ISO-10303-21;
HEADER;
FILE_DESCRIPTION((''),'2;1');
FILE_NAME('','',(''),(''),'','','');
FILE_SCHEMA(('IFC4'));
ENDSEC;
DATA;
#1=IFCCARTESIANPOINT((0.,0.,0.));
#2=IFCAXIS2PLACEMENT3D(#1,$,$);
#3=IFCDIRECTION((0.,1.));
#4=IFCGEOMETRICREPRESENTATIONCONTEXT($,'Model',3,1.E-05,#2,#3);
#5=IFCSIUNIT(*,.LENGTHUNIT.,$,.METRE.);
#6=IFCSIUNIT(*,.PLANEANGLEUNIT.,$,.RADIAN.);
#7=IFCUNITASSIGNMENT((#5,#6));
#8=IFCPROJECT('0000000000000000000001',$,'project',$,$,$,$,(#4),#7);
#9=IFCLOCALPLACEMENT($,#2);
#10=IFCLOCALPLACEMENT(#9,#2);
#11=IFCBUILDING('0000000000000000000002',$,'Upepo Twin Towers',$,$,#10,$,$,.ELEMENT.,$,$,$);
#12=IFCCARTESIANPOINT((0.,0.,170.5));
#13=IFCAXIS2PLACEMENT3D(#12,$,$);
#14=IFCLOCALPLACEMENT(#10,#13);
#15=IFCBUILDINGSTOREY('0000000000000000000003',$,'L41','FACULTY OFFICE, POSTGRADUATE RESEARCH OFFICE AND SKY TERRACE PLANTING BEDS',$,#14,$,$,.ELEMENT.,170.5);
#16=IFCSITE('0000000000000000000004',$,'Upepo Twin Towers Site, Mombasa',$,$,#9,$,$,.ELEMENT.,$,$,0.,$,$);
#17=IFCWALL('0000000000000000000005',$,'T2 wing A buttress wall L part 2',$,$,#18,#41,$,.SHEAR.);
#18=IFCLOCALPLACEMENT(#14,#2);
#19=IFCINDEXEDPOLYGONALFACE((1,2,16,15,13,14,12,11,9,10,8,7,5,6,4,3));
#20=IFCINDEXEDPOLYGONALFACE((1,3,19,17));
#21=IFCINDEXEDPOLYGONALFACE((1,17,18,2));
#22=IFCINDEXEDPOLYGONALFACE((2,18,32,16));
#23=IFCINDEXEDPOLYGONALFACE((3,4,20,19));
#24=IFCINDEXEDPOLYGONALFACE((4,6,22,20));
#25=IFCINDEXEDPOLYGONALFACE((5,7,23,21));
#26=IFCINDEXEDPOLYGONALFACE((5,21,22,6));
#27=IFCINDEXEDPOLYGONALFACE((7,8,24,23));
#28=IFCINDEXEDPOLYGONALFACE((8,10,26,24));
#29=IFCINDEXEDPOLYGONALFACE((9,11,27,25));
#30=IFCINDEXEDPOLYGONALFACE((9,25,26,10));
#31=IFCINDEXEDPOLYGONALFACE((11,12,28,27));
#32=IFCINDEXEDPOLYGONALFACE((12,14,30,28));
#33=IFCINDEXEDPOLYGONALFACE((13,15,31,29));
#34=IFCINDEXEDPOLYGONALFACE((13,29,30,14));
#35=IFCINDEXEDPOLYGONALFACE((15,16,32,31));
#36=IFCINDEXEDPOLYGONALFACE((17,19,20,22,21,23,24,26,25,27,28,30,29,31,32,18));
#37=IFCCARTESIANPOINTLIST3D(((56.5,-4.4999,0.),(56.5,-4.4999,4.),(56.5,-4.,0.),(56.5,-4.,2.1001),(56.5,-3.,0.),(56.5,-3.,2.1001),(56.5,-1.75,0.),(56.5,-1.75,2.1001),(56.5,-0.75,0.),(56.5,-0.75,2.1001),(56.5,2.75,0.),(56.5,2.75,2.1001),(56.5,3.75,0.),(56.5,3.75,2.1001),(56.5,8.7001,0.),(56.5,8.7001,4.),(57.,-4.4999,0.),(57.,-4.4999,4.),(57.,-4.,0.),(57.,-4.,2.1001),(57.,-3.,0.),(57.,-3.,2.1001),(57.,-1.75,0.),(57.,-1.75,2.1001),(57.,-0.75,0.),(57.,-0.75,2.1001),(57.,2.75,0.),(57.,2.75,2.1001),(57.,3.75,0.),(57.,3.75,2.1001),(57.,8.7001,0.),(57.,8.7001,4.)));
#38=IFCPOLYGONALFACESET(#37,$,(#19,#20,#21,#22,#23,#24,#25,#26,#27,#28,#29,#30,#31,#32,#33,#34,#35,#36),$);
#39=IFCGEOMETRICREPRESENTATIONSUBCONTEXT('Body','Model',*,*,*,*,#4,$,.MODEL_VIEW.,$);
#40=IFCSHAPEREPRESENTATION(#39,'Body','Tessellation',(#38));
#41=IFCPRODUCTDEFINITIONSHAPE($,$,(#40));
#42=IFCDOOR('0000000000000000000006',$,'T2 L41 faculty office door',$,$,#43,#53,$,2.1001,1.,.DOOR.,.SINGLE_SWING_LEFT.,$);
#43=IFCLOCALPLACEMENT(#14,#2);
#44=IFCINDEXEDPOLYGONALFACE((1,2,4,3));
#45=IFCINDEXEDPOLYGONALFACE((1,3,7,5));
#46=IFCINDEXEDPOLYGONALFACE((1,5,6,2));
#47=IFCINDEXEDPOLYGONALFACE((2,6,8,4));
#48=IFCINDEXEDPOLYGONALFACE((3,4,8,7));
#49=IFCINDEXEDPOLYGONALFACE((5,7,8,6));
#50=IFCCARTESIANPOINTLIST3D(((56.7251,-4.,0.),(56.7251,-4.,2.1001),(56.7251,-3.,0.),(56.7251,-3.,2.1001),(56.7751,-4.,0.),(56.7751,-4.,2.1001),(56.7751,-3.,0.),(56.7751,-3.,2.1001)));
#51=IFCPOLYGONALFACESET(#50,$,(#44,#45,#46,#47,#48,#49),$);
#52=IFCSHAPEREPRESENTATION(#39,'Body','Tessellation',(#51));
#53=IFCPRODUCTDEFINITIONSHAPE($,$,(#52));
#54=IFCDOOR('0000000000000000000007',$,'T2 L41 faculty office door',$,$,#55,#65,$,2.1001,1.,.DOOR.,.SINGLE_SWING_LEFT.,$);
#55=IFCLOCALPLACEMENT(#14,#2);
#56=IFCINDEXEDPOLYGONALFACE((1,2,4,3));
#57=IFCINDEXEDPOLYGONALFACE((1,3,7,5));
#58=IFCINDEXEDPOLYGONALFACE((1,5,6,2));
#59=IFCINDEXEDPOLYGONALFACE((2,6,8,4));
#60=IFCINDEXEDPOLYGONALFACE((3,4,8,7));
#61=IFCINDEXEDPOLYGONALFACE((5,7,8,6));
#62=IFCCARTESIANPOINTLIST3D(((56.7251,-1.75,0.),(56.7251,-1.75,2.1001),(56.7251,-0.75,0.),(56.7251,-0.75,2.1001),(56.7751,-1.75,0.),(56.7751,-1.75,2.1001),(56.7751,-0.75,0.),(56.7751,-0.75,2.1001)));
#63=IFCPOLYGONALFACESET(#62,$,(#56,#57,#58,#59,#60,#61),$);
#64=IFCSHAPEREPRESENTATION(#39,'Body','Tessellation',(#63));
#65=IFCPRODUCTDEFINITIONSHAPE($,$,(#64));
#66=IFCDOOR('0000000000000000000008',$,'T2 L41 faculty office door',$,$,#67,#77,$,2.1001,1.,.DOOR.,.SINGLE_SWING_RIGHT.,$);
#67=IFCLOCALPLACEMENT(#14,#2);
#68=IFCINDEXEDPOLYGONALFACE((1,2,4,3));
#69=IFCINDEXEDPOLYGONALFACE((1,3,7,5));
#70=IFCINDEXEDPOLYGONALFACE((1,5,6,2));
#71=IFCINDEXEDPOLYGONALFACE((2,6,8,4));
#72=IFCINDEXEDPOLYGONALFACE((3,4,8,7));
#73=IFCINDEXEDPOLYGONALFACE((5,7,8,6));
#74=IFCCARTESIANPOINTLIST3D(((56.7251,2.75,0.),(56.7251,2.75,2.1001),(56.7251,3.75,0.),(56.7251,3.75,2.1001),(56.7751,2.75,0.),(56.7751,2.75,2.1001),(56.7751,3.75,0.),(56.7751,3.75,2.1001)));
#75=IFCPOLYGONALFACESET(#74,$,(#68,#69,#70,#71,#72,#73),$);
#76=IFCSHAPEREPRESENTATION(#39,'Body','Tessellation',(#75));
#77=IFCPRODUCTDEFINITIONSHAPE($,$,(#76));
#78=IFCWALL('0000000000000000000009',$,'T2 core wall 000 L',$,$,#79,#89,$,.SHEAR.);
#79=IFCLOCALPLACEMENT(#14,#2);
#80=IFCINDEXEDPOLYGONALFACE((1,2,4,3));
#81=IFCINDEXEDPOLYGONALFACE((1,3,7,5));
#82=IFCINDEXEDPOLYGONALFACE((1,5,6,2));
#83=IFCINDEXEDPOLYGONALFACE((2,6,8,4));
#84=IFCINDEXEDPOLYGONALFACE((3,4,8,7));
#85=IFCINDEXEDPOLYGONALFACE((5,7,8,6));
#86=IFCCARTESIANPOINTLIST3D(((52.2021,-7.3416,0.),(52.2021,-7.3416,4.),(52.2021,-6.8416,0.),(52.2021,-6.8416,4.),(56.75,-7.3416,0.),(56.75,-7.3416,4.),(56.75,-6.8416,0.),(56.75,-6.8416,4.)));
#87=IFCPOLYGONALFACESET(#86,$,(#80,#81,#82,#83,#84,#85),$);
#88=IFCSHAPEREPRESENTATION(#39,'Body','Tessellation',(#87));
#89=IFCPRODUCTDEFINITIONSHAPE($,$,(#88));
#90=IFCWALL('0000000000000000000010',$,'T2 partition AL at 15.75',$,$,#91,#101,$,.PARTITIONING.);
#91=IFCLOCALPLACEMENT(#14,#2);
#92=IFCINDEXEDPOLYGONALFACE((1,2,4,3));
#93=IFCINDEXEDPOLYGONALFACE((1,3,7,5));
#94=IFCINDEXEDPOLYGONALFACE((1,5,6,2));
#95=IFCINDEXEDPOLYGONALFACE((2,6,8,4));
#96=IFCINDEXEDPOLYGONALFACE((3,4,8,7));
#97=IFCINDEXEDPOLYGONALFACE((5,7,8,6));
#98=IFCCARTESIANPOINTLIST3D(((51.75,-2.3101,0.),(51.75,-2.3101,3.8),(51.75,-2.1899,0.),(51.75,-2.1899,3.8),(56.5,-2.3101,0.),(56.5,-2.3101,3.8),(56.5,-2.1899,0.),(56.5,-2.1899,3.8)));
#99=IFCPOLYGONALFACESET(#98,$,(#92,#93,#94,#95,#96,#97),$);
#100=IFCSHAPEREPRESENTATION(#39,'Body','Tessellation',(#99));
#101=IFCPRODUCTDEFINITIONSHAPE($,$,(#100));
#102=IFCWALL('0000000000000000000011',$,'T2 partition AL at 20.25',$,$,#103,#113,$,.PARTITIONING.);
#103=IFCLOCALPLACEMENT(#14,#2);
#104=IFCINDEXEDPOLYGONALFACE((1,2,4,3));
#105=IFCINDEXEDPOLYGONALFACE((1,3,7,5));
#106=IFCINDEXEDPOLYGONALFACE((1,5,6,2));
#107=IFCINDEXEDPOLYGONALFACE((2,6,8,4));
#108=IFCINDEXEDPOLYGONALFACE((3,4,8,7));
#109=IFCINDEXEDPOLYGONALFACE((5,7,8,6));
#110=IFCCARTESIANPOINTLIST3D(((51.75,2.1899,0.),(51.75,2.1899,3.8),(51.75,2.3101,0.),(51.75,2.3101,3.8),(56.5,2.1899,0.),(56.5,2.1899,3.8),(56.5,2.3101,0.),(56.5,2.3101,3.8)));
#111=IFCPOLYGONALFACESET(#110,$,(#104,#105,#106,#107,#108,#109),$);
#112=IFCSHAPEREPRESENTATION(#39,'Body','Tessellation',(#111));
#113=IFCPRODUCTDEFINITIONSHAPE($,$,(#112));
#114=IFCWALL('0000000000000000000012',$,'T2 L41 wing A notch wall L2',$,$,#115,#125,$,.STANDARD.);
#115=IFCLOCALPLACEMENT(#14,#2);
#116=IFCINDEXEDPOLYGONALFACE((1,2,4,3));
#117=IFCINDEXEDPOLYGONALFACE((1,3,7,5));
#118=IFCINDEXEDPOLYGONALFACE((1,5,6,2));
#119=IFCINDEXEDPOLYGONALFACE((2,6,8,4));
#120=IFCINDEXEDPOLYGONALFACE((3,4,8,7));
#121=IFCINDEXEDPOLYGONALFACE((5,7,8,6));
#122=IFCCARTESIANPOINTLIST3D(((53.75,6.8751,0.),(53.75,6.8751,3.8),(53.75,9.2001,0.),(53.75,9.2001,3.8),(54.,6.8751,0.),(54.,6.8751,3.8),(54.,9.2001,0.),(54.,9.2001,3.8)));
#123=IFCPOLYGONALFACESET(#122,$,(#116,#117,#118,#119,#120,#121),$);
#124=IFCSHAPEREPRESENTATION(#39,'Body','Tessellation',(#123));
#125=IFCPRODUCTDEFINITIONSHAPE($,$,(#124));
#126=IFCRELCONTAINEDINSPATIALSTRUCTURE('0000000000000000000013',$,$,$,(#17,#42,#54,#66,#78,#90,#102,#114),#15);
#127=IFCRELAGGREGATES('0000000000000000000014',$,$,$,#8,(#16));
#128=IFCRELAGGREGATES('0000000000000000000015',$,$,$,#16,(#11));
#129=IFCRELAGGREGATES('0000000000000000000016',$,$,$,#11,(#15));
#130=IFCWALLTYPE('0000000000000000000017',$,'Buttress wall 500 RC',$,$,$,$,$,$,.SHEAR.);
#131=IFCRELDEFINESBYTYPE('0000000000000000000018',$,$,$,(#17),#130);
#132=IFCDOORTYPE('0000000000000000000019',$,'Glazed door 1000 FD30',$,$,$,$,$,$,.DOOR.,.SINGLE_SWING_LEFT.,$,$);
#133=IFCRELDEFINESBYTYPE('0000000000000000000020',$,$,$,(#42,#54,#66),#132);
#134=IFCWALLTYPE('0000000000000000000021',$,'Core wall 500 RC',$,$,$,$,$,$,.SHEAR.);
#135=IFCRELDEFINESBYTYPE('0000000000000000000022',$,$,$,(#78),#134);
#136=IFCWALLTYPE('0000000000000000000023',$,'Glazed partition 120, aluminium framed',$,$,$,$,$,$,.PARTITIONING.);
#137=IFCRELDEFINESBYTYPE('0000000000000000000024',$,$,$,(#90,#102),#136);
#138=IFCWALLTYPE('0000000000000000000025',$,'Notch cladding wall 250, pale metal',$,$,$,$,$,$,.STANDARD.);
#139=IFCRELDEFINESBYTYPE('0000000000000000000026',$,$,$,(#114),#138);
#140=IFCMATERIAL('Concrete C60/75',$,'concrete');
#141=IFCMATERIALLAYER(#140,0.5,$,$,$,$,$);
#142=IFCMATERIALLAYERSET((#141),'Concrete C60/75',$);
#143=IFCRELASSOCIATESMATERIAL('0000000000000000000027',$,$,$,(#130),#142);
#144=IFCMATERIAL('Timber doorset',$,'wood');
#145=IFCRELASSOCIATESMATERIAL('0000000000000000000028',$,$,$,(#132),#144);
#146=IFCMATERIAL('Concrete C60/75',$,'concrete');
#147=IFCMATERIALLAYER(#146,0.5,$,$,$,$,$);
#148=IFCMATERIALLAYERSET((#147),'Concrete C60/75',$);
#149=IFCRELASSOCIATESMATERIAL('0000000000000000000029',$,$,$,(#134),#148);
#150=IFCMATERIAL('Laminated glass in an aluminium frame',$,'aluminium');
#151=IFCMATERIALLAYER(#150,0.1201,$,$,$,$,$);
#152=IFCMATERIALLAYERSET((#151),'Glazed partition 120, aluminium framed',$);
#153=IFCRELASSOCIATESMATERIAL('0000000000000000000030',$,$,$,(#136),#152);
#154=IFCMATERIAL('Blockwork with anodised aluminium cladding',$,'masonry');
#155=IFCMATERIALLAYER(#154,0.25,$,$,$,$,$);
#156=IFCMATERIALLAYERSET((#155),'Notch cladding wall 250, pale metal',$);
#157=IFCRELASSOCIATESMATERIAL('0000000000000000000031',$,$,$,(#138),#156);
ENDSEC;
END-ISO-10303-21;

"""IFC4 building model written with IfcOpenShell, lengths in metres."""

from ifc_helpers import new_model, si_unit, direction, frame, frame_2d, origin, place, context, subcontext, project, spatial, rectangle, extrude, material, layer, layer_set, type_object, element, fill, save


model = new_model("IFC4")

# Units and contexts
model_context = context("Model", 3, precision=1e-05, world=origin(), true_north=direction((0.0, 1.0)))
body_context = subcontext(model_context, "Body", "Model", "MODEL_VIEW")
ifc_project = project(units=[si_unit("LENGTHUNIT", "METRE"), si_unit("PLANEANGLEUNIT", "RADIAN")], contexts=[model_context])

# Site, building, storey
site_placement = place(None, origin())
site = spatial("IfcSite", under=ifc_project, at=site_placement, Name="Upepo Twin Towers Site, Mombasa", CompositionType="ELEMENT", RefElevation=0.0)
building_placement = place(site_placement, origin())
building = spatial("IfcBuilding", under=site, at=building_placement, Name="Upepo Twin Towers", CompositionType="ELEMENT")
storey_placement = place(building_placement, frame((0.0, 0.0, 170.5)))
storey = spatial("IfcBuildingStorey", under=building, at=storey_placement, Name="L41", Description="FACULTY OFFICE, POSTGRADUATE RESEARCH OFFICE AND SKY TERRACE PLANTING BEDS", CompositionType="ELEMENT", Elevation=170.5)

# Wall, openings, doors
ifc_material_1 = material(Name="Concrete C60/75", Category="concrete")
ifc_layer_1 = layer(ifc_material_1, 0.5)
ifc_layer_set_1 = layer_set([ifc_layer_1], Name="Concrete C60/75")
wall_type_1 = type_object("IfcWallType", Name="Buttress wall 500 RC", PredefinedType="SHEAR", material=ifc_layer_set_1)
wall_1_placement = place(storey_placement, frame((56.75, -4.5, 0.0), z_axis=(0.0, 0.0, 1.0), x_axis=(0.0, 1.0, 0.0)))
wall_1 = element("IfcWall", 1, at=wall_1_placement, inside=storey, type_object=wall_type_1, Name="T2 wing A buttress wall L part 2", PredefinedType="SHEAR", context=body_context, shape_type="SweptSolid", body=[
    extrude(rectangle(XDim=13.2, YDim=0.5, at=frame_2d((6.6001, 0.0))), origin(), (0.0, 0.0, 1.0), 4.0),
])
opening_1_placement = place(wall_1_placement, frame((0.5, 0.0, 0.0)))
opening_1 = element("IfcOpeningElement", 2, at=opening_1_placement, cuts=wall_1, PredefinedType="OPENING", context=body_context, shape_type="SweptSolid", body=[
    extrude(rectangle(XDim=1.0, YDim=2.1001, at=frame_2d((0.5, 1.05))), frame((0.0, 0.26, 0.0), z_axis=(0.0, -1.0, 0.0), x_axis=(1.0, 0.0, 0.0)), (0.0, 0.0, 1.0), 0.52),
])
opening_2_placement = place(wall_1_placement, frame((2.75, 0.0, 0.0)))
opening_2 = element("IfcOpeningElement", 3, at=opening_2_placement, cuts=wall_1, PredefinedType="OPENING", context=body_context, shape_type="SweptSolid", body=[
    extrude(rectangle(XDim=1.0, YDim=2.1001, at=frame_2d((0.5, 1.05))), frame((0.0, 0.26, 0.0), z_axis=(0.0, -1.0, 0.0), x_axis=(1.0, 0.0, 0.0)), (0.0, 0.0, 1.0), 0.52),
])
opening_3_placement = place(wall_1_placement, frame((7.25, 0.0, 0.0)))
opening_3 = element("IfcOpeningElement", 4, at=opening_3_placement, cuts=wall_1, PredefinedType="OPENING", context=body_context, shape_type="SweptSolid", body=[
    extrude(rectangle(XDim=1.0, YDim=2.1001, at=frame_2d((0.5, 1.05))), frame((0.0, 0.26, 0.0), z_axis=(0.0, -1.0, 0.0), x_axis=(1.0, 0.0, 0.0)), (0.0, 0.0, 1.0), 0.52),
])
ifc_material_2 = material(Name="Timber doorset", Category="wood")
door_type_1 = type_object("IfcDoorType", Name="Glazed door 1000 FD30", OperationType="SINGLE_SWING_LEFT", PredefinedType="DOOR", material=ifc_material_2)
door_1_placement = place(opening_1_placement, origin())
door_1 = element("IfcDoor", 5, at=door_1_placement, inside=storey, type_object=door_type_1, Name="T2 L41 faculty office door", OperationType="SINGLE_SWING_LEFT", OverallHeight=2.1001, OverallWidth=1.0, PredefinedType="DOOR", context=body_context, shape_type="SweptSolid", body=[
    extrude(rectangle(XDim=1.0, YDim=2.1001, at=frame_2d((0.5, 1.05))), frame((0.0, 0.0249, 0.0), z_axis=(0.0, -1.0, 0.0), x_axis=(1.0, 0.0, 0.0)), (0.0, 0.0, 1.0), 0.05),
])
fill(opening_1, door_1)
door_2_placement = place(opening_2_placement, origin())
door_2 = element("IfcDoor", 6, at=door_2_placement, inside=storey, type_object=door_type_1, Name="T2 L41 faculty office door", OperationType="SINGLE_SWING_LEFT", OverallHeight=2.1001, OverallWidth=1.0, PredefinedType="DOOR", context=body_context, shape_type="SweptSolid", body=[
    extrude(rectangle(XDim=1.0, YDim=2.1001, at=frame_2d((0.5, 1.05))), frame((0.0, 0.0249, 0.0), z_axis=(0.0, -1.0, 0.0), x_axis=(1.0, 0.0, 0.0)), (0.0, 0.0, 1.0), 0.05),
])
fill(opening_2, door_2)
door_3_placement = place(opening_3_placement, origin())
door_3 = element("IfcDoor", 7, at=door_3_placement, inside=storey, type_object=door_type_1, Name="T2 L41 faculty office door", OperationType="SINGLE_SWING_RIGHT", OverallHeight=2.1001, OverallWidth=1.0, PredefinedType="DOOR", context=body_context, shape_type="SweptSolid", body=[
    extrude(rectangle(XDim=1.0, YDim=2.1001, at=frame_2d((0.5, 1.05))), frame((0.0, 0.0249, 0.0), z_axis=(0.0, -1.0, 0.0), x_axis=(1.0, 0.0, 0.0)), (0.0, 0.0, 1.0), 0.05),
])
fill(opening_3, door_3)

# Walls
ifc_material_3 = material(Name="Concrete C60/75", Category="concrete")
ifc_layer_2 = layer(ifc_material_3, 0.5)
ifc_layer_set_2 = layer_set([ifc_layer_2], Name="Concrete C60/75")
wall_type_2 = type_object("IfcWallType", Name="Core wall 500 RC", PredefinedType="SHEAR", material=ifc_layer_set_2)
wall_2_placement = place(storey_placement, frame((56.75, -7.0916, 0.0), z_axis=(0.0, 0.0, 1.0), x_axis=(-1.0, 0.0, 0.0)))
element("IfcWall", 8, at=wall_2_placement, inside=storey, type_object=wall_type_2, Name="T2 core wall 000 L", PredefinedType="SHEAR", context=body_context, shape_type="SweptSolid", body=[
    extrude(rectangle(XDim=4.5479, YDim=0.5, at=frame_2d((2.2739, 0.0))), origin(), (0.0, 0.0, 1.0), 4.0),
])
ifc_material_4 = material(Name="Laminated glass in an aluminium frame", Category="aluminium")
ifc_layer_3 = layer(ifc_material_4, 0.1201)
ifc_layer_set_3 = layer_set([ifc_layer_3], Name="Glazed partition 120, aluminium framed")
wall_type_3 = type_object("IfcWallType", Name="Glazed partition 120, aluminium framed", PredefinedType="PARTITIONING", material=ifc_layer_set_3)
for number, where, z_axis, x_axis, name in (
    (9, (56.5, -2.25, 0.0), (0.0, 0.0, 1.0), (-1.0, 0.0, 0.0), "T2 partition AL at 15.75"),
    (10, (56.5, 2.25, 0.0), (0.0, 0.0, 1.0), (-1.0, 0.0, 0.0), "T2 partition AL at 20.25"),
):
    element("IfcWall", number, at=place(storey_placement, frame(where, z_axis=z_axis, x_axis=x_axis)), inside=storey, type_object=wall_type_3, Name=name, PredefinedType="PARTITIONING", context=body_context, shape_type="SweptSolid", body=[
        extrude(rectangle(XDim=4.75, YDim=0.1201, at=frame_2d((2.375, 0.0))), origin(), (0.0, 0.0, 1.0), 3.8),
    ])
ifc_material_5 = material(Name="Blockwork with anodised aluminium cladding", Category="masonry")
ifc_layer_4 = layer(ifc_material_5, 0.25)
ifc_layer_set_4 = layer_set([ifc_layer_4], Name="Notch cladding wall 250, pale metal")
wall_type_4 = type_object("IfcWallType", Name="Notch cladding wall 250, pale metal", PredefinedType="STANDARD", material=ifc_layer_set_4)
wall_3_placement = place(storey_placement, frame((53.875, 6.875, 0.0), z_axis=(0.0, 0.0, 1.0), x_axis=(0.0, 1.0, 0.0)))
element("IfcWall", 11, at=wall_3_placement, inside=storey, type_object=wall_type_4, Name="T2 L41 wing A notch wall L2", PredefinedType="STANDARD", context=body_context, shape_type="SweptSolid", body=[
    extrude(rectangle(XDim=2.325, YDim=0.25, at=frame_2d((1.1626, 0.0))), origin(), (0.0, 0.0, 1.0), 3.8),
])

save(model, "model.ifc")
